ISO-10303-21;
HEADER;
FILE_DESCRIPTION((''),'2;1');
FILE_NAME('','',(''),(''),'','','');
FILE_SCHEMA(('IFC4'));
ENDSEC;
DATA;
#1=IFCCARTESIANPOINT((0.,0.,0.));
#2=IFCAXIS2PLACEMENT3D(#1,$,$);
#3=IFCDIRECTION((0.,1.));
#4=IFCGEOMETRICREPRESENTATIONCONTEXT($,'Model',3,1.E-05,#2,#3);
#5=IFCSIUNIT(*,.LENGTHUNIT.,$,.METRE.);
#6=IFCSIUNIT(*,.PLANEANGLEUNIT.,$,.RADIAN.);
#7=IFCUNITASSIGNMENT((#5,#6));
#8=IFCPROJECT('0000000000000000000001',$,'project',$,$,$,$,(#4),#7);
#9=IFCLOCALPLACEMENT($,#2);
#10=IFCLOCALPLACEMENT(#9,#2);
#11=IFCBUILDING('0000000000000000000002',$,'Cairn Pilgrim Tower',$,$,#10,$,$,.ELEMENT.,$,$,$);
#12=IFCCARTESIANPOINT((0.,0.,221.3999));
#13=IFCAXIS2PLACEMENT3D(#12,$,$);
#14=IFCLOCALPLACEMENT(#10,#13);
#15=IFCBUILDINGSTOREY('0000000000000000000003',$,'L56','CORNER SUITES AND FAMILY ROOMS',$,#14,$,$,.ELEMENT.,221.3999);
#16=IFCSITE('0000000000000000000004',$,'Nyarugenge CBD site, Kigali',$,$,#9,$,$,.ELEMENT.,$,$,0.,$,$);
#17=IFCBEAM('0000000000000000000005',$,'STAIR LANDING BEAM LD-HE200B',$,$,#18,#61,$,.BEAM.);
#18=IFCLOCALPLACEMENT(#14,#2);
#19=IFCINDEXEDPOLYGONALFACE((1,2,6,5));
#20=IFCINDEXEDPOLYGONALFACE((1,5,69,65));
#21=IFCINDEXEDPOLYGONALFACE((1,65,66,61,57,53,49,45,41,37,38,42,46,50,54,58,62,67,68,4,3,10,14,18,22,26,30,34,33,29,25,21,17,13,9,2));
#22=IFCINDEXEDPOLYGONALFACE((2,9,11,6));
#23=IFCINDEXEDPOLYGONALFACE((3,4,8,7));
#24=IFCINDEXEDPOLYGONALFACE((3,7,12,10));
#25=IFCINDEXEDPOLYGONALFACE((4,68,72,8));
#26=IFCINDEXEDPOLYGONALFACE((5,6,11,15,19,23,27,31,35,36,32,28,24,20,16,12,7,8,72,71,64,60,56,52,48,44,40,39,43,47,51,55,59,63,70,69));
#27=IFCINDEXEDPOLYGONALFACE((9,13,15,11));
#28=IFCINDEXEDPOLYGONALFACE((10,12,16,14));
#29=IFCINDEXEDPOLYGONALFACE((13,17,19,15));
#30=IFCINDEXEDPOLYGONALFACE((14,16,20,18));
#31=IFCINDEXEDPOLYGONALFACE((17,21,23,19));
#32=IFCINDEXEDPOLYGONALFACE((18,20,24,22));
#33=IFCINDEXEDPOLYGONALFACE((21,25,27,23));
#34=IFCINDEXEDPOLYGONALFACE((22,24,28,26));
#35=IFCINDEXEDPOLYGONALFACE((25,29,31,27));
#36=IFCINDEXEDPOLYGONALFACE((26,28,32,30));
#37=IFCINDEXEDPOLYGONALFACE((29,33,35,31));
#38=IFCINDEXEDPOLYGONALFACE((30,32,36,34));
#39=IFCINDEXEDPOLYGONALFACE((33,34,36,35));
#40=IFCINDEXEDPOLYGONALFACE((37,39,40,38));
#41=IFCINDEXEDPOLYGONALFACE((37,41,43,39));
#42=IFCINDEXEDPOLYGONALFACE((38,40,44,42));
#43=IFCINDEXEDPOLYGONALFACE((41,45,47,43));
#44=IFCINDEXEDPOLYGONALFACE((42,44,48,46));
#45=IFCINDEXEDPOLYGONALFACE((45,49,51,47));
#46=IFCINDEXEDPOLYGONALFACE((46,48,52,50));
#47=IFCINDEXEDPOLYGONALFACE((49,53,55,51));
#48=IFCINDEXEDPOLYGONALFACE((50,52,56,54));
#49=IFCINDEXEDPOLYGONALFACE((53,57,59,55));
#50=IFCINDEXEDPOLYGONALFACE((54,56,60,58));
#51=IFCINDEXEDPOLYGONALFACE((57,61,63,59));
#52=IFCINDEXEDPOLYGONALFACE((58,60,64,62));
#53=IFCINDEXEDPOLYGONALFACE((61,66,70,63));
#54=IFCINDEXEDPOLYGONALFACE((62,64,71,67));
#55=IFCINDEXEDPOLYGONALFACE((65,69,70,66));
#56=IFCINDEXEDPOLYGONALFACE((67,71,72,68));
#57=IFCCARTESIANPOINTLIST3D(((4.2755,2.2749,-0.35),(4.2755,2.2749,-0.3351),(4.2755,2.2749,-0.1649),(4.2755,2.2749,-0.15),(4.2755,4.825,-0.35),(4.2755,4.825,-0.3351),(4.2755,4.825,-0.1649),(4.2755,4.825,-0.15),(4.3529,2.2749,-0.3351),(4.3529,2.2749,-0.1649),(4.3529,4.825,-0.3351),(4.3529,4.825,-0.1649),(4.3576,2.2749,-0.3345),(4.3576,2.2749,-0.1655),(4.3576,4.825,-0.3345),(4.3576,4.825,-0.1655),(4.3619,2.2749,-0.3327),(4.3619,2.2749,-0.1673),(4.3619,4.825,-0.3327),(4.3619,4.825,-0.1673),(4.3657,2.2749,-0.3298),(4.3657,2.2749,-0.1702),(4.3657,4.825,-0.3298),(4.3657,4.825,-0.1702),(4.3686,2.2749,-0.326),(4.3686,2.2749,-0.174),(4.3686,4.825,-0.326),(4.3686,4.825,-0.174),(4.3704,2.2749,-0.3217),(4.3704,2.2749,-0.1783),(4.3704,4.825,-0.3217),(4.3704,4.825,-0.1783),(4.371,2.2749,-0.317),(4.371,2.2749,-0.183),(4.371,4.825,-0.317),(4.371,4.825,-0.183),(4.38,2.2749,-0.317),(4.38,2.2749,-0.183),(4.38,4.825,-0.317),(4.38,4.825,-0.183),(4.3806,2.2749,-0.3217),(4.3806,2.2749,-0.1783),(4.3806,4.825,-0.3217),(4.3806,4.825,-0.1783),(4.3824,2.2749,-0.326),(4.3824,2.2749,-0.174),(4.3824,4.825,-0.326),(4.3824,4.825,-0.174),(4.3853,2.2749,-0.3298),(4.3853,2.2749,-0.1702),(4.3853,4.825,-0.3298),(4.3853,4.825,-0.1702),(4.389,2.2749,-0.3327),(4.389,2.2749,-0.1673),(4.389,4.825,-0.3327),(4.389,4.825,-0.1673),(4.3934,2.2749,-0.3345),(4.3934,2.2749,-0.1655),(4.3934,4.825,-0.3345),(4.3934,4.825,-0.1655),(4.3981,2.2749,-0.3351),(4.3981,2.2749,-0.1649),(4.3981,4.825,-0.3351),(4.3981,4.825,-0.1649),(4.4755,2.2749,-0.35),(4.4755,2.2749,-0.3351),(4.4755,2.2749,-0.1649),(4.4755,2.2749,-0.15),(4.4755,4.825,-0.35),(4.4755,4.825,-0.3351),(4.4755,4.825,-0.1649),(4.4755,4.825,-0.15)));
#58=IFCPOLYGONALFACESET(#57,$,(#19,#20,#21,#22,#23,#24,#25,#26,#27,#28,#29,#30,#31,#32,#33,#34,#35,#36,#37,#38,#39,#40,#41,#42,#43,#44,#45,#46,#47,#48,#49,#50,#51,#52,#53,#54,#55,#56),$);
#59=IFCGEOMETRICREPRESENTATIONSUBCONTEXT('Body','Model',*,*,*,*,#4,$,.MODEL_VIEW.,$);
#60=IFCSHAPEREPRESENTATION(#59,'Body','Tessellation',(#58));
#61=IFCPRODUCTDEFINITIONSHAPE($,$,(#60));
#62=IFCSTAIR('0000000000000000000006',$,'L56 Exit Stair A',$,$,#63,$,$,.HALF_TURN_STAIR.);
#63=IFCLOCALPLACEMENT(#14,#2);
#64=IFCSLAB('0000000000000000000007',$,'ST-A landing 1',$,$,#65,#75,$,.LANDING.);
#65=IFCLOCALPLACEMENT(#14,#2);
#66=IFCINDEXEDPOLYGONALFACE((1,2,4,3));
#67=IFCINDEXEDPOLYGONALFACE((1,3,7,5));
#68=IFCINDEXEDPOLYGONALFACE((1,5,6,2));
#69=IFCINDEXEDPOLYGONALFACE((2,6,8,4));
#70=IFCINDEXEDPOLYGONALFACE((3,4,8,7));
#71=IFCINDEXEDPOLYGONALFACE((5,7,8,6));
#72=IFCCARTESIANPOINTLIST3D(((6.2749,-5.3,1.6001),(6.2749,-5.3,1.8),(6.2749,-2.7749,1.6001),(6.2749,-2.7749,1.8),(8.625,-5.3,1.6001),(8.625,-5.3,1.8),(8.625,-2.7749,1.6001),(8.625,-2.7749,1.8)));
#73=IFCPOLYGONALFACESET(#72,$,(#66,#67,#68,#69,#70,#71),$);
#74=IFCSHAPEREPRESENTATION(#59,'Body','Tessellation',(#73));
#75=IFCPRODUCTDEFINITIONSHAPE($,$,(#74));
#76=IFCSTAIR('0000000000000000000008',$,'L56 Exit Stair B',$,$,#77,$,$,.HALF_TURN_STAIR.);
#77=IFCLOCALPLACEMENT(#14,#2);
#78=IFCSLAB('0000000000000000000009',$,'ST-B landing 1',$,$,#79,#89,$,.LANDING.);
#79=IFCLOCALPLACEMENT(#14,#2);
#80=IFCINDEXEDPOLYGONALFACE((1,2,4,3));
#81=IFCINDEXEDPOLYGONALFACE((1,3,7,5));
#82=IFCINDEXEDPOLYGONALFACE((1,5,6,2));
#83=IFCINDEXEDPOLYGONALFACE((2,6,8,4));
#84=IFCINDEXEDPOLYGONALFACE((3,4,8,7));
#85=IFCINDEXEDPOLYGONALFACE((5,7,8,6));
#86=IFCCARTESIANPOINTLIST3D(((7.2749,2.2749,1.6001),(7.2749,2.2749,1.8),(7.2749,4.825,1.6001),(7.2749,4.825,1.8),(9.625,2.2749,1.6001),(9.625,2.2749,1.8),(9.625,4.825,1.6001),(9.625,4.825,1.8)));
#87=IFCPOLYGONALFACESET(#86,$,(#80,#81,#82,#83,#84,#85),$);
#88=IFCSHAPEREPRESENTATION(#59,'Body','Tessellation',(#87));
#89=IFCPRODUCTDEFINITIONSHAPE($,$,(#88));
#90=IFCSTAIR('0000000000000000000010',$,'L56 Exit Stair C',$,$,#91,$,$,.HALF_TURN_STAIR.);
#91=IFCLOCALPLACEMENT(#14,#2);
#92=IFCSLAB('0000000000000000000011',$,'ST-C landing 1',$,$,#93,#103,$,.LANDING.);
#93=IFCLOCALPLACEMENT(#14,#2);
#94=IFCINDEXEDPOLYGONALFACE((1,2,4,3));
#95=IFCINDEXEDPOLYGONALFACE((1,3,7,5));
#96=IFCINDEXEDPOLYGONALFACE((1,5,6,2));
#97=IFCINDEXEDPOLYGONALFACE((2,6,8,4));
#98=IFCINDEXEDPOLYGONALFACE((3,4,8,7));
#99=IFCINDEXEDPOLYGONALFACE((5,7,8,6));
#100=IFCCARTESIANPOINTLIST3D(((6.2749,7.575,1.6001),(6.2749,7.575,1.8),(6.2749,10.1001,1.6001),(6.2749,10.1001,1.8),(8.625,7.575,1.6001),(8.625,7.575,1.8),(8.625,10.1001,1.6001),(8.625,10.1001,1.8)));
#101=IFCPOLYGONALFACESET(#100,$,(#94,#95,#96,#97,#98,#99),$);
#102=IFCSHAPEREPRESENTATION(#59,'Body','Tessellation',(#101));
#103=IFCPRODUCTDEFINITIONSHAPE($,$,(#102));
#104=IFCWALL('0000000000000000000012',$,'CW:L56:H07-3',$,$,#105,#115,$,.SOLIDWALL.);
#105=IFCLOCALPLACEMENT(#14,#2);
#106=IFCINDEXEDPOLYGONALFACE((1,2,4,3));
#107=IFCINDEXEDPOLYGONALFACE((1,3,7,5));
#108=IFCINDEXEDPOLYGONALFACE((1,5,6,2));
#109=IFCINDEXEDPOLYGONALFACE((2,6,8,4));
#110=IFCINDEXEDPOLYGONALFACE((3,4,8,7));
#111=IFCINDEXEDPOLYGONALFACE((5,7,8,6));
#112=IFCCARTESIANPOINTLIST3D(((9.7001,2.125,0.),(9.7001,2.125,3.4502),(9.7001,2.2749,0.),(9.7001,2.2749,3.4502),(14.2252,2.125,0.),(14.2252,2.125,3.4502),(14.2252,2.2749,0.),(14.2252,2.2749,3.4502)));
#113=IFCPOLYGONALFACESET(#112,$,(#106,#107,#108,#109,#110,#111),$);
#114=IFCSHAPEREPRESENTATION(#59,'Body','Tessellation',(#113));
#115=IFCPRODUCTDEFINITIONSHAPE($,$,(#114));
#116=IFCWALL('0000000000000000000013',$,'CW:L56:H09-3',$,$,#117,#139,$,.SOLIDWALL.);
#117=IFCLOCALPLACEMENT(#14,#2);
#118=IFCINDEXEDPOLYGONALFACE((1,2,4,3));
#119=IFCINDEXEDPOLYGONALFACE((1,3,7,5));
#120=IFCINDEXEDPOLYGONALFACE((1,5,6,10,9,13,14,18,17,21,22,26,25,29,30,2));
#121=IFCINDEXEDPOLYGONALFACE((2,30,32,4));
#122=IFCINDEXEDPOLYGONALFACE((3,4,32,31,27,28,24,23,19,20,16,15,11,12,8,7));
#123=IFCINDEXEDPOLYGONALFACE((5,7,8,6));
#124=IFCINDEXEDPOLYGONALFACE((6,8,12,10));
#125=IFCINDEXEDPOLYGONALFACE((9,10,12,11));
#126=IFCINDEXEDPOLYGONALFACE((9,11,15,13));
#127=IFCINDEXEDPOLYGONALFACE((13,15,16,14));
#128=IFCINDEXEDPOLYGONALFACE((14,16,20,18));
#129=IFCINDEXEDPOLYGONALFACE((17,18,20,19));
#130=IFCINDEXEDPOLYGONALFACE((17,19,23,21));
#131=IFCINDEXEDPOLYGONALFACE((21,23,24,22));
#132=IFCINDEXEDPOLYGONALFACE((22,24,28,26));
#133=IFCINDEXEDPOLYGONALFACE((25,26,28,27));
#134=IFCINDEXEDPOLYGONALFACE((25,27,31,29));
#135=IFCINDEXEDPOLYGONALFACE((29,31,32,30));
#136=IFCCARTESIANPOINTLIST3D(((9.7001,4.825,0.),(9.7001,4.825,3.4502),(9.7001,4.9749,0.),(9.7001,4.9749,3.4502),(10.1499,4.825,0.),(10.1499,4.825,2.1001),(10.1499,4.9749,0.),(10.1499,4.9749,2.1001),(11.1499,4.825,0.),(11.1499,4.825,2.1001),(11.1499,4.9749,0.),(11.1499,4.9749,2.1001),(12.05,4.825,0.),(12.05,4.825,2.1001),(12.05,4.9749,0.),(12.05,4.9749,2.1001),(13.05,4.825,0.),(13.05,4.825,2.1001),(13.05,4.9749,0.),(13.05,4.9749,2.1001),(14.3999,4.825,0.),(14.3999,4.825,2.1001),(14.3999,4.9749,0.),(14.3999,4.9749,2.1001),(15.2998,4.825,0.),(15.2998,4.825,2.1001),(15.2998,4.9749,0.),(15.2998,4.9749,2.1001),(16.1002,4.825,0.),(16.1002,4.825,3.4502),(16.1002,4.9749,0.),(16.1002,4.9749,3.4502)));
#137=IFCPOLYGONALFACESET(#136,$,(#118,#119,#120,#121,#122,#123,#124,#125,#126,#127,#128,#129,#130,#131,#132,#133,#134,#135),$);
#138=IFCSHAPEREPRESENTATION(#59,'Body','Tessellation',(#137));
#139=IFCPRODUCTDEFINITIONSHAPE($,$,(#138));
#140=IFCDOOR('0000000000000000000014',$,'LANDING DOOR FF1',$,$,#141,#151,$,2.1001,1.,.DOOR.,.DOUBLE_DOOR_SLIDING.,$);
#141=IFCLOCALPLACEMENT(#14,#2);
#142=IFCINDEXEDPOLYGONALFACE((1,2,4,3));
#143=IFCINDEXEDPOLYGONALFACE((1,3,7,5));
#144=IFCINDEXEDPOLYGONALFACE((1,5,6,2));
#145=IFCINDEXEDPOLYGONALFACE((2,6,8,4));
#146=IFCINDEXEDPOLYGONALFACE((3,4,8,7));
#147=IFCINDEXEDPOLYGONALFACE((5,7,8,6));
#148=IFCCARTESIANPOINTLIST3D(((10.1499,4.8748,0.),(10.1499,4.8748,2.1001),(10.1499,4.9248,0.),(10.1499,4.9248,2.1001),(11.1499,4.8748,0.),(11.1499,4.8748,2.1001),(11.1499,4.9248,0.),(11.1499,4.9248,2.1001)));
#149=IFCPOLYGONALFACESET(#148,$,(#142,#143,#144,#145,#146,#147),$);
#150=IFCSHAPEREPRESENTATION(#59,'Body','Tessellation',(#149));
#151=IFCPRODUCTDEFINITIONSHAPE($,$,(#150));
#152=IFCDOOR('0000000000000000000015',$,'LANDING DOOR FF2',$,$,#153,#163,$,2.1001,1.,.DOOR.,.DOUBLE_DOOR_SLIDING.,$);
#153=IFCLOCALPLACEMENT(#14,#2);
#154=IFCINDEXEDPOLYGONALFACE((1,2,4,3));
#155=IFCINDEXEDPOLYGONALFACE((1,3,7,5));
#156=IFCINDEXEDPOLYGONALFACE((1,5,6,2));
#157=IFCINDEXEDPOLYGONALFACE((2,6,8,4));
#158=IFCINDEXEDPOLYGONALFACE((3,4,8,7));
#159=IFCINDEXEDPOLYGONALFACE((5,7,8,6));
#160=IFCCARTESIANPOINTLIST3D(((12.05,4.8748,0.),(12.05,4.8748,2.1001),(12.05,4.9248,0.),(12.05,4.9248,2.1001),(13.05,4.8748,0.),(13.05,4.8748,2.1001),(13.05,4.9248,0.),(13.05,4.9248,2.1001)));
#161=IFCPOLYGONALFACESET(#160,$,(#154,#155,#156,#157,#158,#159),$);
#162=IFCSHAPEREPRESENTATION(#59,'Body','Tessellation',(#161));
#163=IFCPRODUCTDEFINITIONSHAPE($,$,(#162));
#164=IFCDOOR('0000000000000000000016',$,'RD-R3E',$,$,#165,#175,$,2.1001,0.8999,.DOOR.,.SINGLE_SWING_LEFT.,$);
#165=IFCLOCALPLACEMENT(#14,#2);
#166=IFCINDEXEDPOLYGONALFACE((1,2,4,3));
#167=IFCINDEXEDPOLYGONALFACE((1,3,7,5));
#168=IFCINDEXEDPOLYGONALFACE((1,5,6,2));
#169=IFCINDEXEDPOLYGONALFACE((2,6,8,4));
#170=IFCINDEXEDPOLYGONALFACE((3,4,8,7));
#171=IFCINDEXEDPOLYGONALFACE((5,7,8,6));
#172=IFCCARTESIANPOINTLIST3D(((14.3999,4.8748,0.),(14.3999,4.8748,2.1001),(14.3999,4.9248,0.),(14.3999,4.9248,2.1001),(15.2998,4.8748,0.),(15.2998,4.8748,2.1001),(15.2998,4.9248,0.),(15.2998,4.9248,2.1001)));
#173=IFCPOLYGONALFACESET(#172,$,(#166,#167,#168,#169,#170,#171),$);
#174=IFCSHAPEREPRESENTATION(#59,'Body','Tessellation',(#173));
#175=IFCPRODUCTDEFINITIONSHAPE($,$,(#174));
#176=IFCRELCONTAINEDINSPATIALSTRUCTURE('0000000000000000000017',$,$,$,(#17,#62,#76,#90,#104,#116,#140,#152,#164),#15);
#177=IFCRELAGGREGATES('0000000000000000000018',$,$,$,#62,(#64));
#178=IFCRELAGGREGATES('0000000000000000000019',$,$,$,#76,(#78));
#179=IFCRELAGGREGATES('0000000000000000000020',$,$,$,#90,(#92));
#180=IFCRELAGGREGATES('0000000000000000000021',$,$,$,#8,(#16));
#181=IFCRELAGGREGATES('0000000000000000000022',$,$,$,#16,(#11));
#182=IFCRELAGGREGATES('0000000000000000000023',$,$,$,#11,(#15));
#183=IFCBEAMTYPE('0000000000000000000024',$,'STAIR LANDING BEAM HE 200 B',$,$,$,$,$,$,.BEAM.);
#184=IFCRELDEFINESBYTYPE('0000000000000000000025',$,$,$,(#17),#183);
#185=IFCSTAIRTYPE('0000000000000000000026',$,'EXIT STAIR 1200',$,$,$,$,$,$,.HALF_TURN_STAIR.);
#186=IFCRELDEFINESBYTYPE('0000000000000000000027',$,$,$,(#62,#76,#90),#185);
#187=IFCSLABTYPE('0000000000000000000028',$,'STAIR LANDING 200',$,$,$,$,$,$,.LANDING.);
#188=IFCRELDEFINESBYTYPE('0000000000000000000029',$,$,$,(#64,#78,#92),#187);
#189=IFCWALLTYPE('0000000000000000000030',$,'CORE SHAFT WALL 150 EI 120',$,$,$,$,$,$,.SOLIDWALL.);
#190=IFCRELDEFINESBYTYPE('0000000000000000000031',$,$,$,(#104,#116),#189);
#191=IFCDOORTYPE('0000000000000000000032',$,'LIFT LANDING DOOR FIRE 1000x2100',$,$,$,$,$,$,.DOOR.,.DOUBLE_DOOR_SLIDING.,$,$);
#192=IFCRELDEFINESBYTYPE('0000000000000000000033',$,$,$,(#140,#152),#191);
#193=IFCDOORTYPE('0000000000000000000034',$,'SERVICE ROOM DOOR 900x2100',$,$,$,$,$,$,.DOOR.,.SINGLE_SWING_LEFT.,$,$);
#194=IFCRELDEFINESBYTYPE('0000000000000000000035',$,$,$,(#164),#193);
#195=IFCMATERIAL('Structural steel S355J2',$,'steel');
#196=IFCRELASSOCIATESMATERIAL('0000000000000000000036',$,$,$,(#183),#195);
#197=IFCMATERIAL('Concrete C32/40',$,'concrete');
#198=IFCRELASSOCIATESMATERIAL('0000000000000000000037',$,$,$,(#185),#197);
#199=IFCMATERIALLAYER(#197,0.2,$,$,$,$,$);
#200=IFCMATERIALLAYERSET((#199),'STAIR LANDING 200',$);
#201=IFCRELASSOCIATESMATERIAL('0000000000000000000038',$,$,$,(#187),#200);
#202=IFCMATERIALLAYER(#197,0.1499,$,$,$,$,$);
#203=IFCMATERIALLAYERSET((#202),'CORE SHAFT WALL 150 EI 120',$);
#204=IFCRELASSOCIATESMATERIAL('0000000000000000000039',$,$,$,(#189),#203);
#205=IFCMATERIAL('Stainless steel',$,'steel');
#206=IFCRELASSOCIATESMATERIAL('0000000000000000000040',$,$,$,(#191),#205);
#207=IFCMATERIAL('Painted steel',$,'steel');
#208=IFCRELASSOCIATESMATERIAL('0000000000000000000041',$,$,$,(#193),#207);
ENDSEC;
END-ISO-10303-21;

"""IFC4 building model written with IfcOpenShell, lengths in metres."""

from ifc_helpers import new_model, si_unit, direction, frame, frame_2d, origin, origin_2d, place, context, subcontext, project, spatial, polyline, rectangle, i_section, outline, extrude, material, layer, layer_set, material_profile, profile_set, type_object, element, fill, aggregate, save


model = new_model("IFC4")

# Units and contexts
model_context = context("Model", 3, precision=1e-05, world=origin(), true_north=direction((0.0, 1.0)))
body_context = subcontext(model_context, "Body", "Model", "MODEL_VIEW")
ifc_project = project(units=[si_unit("LENGTHUNIT", "METRE"), si_unit("PLANEANGLEUNIT", "RADIAN")], contexts=[model_context])

# Site, building, storey
site_placement = place(None, origin())
site = spatial("IfcSite", under=ifc_project, at=site_placement, Name="Nyarugenge CBD site, Kigali", CompositionType="ELEMENT", RefElevation=0.0)
building_placement = place(site_placement, origin())
building = spatial("IfcBuilding", under=site, at=building_placement, Name="Cairn Pilgrim Tower", CompositionType="ELEMENT")
storey_placement = place(building_placement, frame((0.0, 0.0, 221.3999)))
storey = spatial("IfcBuildingStorey", under=building, at=storey_placement, Name="L56", Description="CORNER SUITES AND FAMILY ROOMS", CompositionType="ELEMENT", Elevation=221.3999)

# Beam
ifc_material_1 = material(Name="Structural steel S355J2", Category="steel")
ifc_material_profile = material_profile(ifc_material_1, i_section(OverallWidth=0.2, OverallDepth=0.2, WebThickness=0.009, FlangeThickness=0.0149, FilletRadius=0.0181, at=origin_2d()), Name="HE 200 B")
ifc_profile_set = profile_set([ifc_material_profile], Name="Structural steel S355J2")
beam_type = type_object("IfcBeamType", Name="STAIR LANDING BEAM HE 200 B", PredefinedType="BEAM", material=ifc_profile_set)
beam_placement = place(storey_placement, frame((4.3755, 2.2749, -0.25), z_axis=(0.0, 1.0, 0.0), x_axis=(-1.0, 0.0, 0.0)))
element("IfcBeam", 1, at=beam_placement, inside=storey, type_object=beam_type, Name="STAIR LANDING BEAM LD-HE200B", PredefinedType="BEAM", context=body_context, shape_type="SweptSolid", body=[
    extrude(i_section(OverallWidth=0.2, OverallDepth=0.2, WebThickness=0.009, FlangeThickness=0.0149, FilletRadius=0.0181, at=origin_2d()), origin(), (0.0, 0.0, 1.0), 2.55),
])

# Stairs, slabs
ifc_material_2 = material(Name="Concrete C32/40", Category="concrete")
stair_type = type_object("IfcStairType", Name="EXIT STAIR 1200", PredefinedType="HALF_TURN_STAIR", material=ifc_material_2)
stair_1_placement = place(storey_placement, origin())
stair_1 = element("IfcStair", 2, at=stair_1_placement, inside=storey, type_object=stair_type, Name="L56 Exit Stair A", PredefinedType="HALF_TURN_STAIR")
ifc_layer_1 = layer(ifc_material_2, 0.2)
ifc_layer_set_1 = layer_set([ifc_layer_1], Name="STAIR LANDING 200")
slab_type_1 = type_object("IfcSlabType", Name="STAIR LANDING 200", PredefinedType="LANDING", material=ifc_layer_set_1)
slab_1_placement = place(storey_placement, frame((0.0, 0.0, 1.6001)))
slab_1 = element("IfcSlab", 3, at=slab_1_placement, type_object=slab_type_1, Name="ST-A landing 1", PredefinedType="LANDING", context=body_context, shape_type="SweptSolid", body=[
    extrude(outline(polyline([(8.625, -2.7749), (6.2749, -2.7749), (6.2749, -5.3), (8.625, -5.3), (8.625, -2.7749)])), origin(), (0.0, 0.0, 1.0), 0.2),
])
aggregate(stair_1, [slab_1])
stair_2_placement = place(storey_placement, origin())
stair_2 = element("IfcStair", 4, at=stair_2_placement, inside=storey, type_object=stair_type, Name="L56 Exit Stair B", PredefinedType="HALF_TURN_STAIR")
slab_2_placement = place(storey_placement, frame((0.0, 0.0, 1.6001)))
slab_2 = element("IfcSlab", 5, at=slab_2_placement, type_object=slab_type_1, Name="ST-B landing 1", PredefinedType="LANDING", context=body_context, shape_type="SweptSolid", body=[
    extrude(outline(polyline([(7.2749, 2.2749), (9.625, 2.2749), (9.625, 4.825), (7.2749, 4.825), (7.2749, 2.2749)])), origin(), (0.0, 0.0, 1.0), 0.2),
])
stair_3_placement = place(storey_placement, origin())
stair_3 = element("IfcStair", 6, at=stair_3_placement, inside=storey, type_object=stair_type, Name="L56 Exit Stair C", PredefinedType="HALF_TURN_STAIR")
slab_3_placement = place(storey_placement, frame((0.0, 0.0, 1.6001)))
slab_3 = element("IfcSlab", 7, at=slab_3_placement, type_object=slab_type_1, Name="ST-C landing 1", PredefinedType="LANDING", context=body_context, shape_type="SweptSolid", body=[
    extrude(outline(polyline([(8.625, 10.1001), (6.2749, 10.1001), (6.2749, 7.575), (8.625, 7.575), (8.625, 10.1001)])), origin(), (0.0, 0.0, 1.0), 0.2),
])

# Wall
ifc_layer_2 = layer(ifc_material_2, 0.1499)
ifc_layer_set_2 = layer_set([ifc_layer_2], Name="CORE SHAFT WALL 150 EI 120")
wall_type_1 = type_object("IfcWallType", Name="CORE SHAFT WALL 150 EI 120", PredefinedType="SOLIDWALL", material=ifc_layer_set_2)
wall_1_placement = place(storey_placement, frame((9.7, 2.2, 0.0), z_axis=(0.0, 0.0, 1.0), x_axis=(1.0, 0.0, 0.0)))
element("IfcWall", 8, at=wall_1_placement, inside=storey, type_object=wall_type_1, Name="CW:L56:H07-3", PredefinedType="SOLIDWALL", context=body_context, shape_type="SweptSolid", body=[
    extrude(rectangle(XDim=4.5251, YDim=0.1499, at=frame_2d((2.2627, 0.0))), origin(), (0.0, 0.0, 1.0), 3.4502),
])

# Wall, openings, doors
wall_2_placement = place(storey_placement, frame((9.7, 4.8999, 0.0), z_axis=(0.0, 0.0, 1.0), x_axis=(1.0, 0.0, 0.0)))
wall_2 = element("IfcWall", 9, at=wall_2_placement, inside=storey, type_object=wall_type_1, Name="CW:L56:H09-3", PredefinedType="SOLIDWALL", context=body_context, shape_type="SweptSolid", body=[
    extrude(rectangle(XDim=6.4001, YDim=0.1499, at=frame_2d((3.2002, 0.0))), origin(), (0.0, 0.0, 1.0), 3.4502),
])
opening_1_placement = place(wall_2_placement, frame((0.45, 0.0, 0.0)))
opening_1 = element("IfcOpeningElement", 10, at=opening_1_placement, cuts=wall_2, PredefinedType="OPENING", context=body_context, shape_type="SweptSolid", body=[
    extrude(rectangle(XDim=1.0, YDim=2.1001, at=frame_2d((0.5, 1.05))), frame((0.0, 0.085, 0.0), z_axis=(0.0, -1.0, 0.0), x_axis=(1.0, 0.0, 0.0)), (0.0, 0.0, 1.0), 0.1699),
])
opening_2_placement = place(wall_2_placement, frame((2.3501, 0.0, 0.0)))
opening_2 = element("IfcOpeningElement", 11, at=opening_2_placement, cuts=wall_2, PredefinedType="OPENING", context=body_context, shape_type="SweptSolid", body=[
    extrude(rectangle(XDim=1.0, YDim=2.1001, at=frame_2d((0.5, 1.05))), frame((0.0, 0.085, 0.0), z_axis=(0.0, -1.0, 0.0), x_axis=(1.0, 0.0, 0.0)), (0.0, 0.0, 1.0), 0.1699),
])
opening_3_placement = place(wall_2_placement, frame((4.7, 0.0, 0.0)))
opening_3 = element("IfcOpeningElement", 12, at=opening_3_placement, cuts=wall_2, PredefinedType="OPENING", context=body_context, shape_type="SweptSolid", body=[
    extrude(rectangle(XDim=0.8999, YDim=2.1001, at=frame_2d((0.45, 1.05))), frame((0.0, 0.085, 0.0), z_axis=(0.0, -1.0, 0.0), x_axis=(1.0, 0.0, 0.0)), (0.0, 0.0, 1.0), 0.1699),
])
ifc_material_3 = material(Name="Stainless steel", Category="steel")
door_type_1 = type_object("IfcDoorType", Name="LIFT LANDING DOOR FIRE 1000x2100", OperationType="DOUBLE_DOOR_SLIDING", PredefinedType="DOOR", material=ifc_material_3)
door_1_placement = place(opening_1_placement, origin())
door_1 = element("IfcDoor", 13, at=door_1_placement, inside=storey, type_object=door_type_1, Name="LANDING DOOR FF1", OperationType="DOUBLE_DOOR_SLIDING", OverallHeight=2.1001, OverallWidth=1.0, PredefinedType="DOOR", context=body_context, shape_type="SweptSolid", body=[
    extrude(rectangle(XDim=1.0, YDim=2.1001, at=frame_2d((0.5, 1.05))), frame((0.0, 0.0249, 0.0), z_axis=(0.0, -1.0, 0.0), x_axis=(1.0, 0.0, 0.0)), (0.0, 0.0, 1.0), 0.05),
])
fill(opening_1, door_1)
door_2_placement = place(opening_2_placement, origin())
door_2 = element("IfcDoor", 14, at=door_2_placement, inside=storey, type_object=door_type_1, Name="LANDING DOOR FF2", OperationType="DOUBLE_DOOR_SLIDING", OverallHeight=2.1001, OverallWidth=1.0, PredefinedType="DOOR", context=body_context, shape_type="SweptSolid", body=[
    extrude(rectangle(XDim=1.0, YDim=2.1001, at=frame_2d((0.5, 1.05))), frame((0.0, 0.0249, 0.0), z_axis=(0.0, -1.0, 0.0), x_axis=(1.0, 0.0, 0.0)), (0.0, 0.0, 1.0), 0.05),
])
fill(opening_2, door_2)
ifc_material_4 = material(Name="Painted steel", Category="steel")
door_type_2 = type_object("IfcDoorType", Name="SERVICE ROOM DOOR 900x2100", OperationType="SINGLE_SWING_LEFT", PredefinedType="DOOR", material=ifc_material_4)
door_3_placement = place(opening_3_placement, origin())
door_3 = element("IfcDoor", 15, at=door_3_placement, inside=storey, type_object=door_type_2, Name="RD-R3E", OperationType="SINGLE_SWING_LEFT", OverallHeight=2.1001, OverallWidth=0.8999, PredefinedType="DOOR", context=body_context, shape_type="SweptSolid", body=[
    extrude(rectangle(XDim=0.8999, YDim=2.1001, at=frame_2d((0.45, 1.05))), frame((0.0, 0.0249, 0.0), z_axis=(0.0, -1.0, 0.0), x_axis=(1.0, 0.0, 0.0)), (0.0, 0.0, 1.0), 0.05),
])
fill(opening_3, door_3)

aggregate(stair_2, [slab_2])
aggregate(stair_3, [slab_3])

save(model, "model.ifc")
